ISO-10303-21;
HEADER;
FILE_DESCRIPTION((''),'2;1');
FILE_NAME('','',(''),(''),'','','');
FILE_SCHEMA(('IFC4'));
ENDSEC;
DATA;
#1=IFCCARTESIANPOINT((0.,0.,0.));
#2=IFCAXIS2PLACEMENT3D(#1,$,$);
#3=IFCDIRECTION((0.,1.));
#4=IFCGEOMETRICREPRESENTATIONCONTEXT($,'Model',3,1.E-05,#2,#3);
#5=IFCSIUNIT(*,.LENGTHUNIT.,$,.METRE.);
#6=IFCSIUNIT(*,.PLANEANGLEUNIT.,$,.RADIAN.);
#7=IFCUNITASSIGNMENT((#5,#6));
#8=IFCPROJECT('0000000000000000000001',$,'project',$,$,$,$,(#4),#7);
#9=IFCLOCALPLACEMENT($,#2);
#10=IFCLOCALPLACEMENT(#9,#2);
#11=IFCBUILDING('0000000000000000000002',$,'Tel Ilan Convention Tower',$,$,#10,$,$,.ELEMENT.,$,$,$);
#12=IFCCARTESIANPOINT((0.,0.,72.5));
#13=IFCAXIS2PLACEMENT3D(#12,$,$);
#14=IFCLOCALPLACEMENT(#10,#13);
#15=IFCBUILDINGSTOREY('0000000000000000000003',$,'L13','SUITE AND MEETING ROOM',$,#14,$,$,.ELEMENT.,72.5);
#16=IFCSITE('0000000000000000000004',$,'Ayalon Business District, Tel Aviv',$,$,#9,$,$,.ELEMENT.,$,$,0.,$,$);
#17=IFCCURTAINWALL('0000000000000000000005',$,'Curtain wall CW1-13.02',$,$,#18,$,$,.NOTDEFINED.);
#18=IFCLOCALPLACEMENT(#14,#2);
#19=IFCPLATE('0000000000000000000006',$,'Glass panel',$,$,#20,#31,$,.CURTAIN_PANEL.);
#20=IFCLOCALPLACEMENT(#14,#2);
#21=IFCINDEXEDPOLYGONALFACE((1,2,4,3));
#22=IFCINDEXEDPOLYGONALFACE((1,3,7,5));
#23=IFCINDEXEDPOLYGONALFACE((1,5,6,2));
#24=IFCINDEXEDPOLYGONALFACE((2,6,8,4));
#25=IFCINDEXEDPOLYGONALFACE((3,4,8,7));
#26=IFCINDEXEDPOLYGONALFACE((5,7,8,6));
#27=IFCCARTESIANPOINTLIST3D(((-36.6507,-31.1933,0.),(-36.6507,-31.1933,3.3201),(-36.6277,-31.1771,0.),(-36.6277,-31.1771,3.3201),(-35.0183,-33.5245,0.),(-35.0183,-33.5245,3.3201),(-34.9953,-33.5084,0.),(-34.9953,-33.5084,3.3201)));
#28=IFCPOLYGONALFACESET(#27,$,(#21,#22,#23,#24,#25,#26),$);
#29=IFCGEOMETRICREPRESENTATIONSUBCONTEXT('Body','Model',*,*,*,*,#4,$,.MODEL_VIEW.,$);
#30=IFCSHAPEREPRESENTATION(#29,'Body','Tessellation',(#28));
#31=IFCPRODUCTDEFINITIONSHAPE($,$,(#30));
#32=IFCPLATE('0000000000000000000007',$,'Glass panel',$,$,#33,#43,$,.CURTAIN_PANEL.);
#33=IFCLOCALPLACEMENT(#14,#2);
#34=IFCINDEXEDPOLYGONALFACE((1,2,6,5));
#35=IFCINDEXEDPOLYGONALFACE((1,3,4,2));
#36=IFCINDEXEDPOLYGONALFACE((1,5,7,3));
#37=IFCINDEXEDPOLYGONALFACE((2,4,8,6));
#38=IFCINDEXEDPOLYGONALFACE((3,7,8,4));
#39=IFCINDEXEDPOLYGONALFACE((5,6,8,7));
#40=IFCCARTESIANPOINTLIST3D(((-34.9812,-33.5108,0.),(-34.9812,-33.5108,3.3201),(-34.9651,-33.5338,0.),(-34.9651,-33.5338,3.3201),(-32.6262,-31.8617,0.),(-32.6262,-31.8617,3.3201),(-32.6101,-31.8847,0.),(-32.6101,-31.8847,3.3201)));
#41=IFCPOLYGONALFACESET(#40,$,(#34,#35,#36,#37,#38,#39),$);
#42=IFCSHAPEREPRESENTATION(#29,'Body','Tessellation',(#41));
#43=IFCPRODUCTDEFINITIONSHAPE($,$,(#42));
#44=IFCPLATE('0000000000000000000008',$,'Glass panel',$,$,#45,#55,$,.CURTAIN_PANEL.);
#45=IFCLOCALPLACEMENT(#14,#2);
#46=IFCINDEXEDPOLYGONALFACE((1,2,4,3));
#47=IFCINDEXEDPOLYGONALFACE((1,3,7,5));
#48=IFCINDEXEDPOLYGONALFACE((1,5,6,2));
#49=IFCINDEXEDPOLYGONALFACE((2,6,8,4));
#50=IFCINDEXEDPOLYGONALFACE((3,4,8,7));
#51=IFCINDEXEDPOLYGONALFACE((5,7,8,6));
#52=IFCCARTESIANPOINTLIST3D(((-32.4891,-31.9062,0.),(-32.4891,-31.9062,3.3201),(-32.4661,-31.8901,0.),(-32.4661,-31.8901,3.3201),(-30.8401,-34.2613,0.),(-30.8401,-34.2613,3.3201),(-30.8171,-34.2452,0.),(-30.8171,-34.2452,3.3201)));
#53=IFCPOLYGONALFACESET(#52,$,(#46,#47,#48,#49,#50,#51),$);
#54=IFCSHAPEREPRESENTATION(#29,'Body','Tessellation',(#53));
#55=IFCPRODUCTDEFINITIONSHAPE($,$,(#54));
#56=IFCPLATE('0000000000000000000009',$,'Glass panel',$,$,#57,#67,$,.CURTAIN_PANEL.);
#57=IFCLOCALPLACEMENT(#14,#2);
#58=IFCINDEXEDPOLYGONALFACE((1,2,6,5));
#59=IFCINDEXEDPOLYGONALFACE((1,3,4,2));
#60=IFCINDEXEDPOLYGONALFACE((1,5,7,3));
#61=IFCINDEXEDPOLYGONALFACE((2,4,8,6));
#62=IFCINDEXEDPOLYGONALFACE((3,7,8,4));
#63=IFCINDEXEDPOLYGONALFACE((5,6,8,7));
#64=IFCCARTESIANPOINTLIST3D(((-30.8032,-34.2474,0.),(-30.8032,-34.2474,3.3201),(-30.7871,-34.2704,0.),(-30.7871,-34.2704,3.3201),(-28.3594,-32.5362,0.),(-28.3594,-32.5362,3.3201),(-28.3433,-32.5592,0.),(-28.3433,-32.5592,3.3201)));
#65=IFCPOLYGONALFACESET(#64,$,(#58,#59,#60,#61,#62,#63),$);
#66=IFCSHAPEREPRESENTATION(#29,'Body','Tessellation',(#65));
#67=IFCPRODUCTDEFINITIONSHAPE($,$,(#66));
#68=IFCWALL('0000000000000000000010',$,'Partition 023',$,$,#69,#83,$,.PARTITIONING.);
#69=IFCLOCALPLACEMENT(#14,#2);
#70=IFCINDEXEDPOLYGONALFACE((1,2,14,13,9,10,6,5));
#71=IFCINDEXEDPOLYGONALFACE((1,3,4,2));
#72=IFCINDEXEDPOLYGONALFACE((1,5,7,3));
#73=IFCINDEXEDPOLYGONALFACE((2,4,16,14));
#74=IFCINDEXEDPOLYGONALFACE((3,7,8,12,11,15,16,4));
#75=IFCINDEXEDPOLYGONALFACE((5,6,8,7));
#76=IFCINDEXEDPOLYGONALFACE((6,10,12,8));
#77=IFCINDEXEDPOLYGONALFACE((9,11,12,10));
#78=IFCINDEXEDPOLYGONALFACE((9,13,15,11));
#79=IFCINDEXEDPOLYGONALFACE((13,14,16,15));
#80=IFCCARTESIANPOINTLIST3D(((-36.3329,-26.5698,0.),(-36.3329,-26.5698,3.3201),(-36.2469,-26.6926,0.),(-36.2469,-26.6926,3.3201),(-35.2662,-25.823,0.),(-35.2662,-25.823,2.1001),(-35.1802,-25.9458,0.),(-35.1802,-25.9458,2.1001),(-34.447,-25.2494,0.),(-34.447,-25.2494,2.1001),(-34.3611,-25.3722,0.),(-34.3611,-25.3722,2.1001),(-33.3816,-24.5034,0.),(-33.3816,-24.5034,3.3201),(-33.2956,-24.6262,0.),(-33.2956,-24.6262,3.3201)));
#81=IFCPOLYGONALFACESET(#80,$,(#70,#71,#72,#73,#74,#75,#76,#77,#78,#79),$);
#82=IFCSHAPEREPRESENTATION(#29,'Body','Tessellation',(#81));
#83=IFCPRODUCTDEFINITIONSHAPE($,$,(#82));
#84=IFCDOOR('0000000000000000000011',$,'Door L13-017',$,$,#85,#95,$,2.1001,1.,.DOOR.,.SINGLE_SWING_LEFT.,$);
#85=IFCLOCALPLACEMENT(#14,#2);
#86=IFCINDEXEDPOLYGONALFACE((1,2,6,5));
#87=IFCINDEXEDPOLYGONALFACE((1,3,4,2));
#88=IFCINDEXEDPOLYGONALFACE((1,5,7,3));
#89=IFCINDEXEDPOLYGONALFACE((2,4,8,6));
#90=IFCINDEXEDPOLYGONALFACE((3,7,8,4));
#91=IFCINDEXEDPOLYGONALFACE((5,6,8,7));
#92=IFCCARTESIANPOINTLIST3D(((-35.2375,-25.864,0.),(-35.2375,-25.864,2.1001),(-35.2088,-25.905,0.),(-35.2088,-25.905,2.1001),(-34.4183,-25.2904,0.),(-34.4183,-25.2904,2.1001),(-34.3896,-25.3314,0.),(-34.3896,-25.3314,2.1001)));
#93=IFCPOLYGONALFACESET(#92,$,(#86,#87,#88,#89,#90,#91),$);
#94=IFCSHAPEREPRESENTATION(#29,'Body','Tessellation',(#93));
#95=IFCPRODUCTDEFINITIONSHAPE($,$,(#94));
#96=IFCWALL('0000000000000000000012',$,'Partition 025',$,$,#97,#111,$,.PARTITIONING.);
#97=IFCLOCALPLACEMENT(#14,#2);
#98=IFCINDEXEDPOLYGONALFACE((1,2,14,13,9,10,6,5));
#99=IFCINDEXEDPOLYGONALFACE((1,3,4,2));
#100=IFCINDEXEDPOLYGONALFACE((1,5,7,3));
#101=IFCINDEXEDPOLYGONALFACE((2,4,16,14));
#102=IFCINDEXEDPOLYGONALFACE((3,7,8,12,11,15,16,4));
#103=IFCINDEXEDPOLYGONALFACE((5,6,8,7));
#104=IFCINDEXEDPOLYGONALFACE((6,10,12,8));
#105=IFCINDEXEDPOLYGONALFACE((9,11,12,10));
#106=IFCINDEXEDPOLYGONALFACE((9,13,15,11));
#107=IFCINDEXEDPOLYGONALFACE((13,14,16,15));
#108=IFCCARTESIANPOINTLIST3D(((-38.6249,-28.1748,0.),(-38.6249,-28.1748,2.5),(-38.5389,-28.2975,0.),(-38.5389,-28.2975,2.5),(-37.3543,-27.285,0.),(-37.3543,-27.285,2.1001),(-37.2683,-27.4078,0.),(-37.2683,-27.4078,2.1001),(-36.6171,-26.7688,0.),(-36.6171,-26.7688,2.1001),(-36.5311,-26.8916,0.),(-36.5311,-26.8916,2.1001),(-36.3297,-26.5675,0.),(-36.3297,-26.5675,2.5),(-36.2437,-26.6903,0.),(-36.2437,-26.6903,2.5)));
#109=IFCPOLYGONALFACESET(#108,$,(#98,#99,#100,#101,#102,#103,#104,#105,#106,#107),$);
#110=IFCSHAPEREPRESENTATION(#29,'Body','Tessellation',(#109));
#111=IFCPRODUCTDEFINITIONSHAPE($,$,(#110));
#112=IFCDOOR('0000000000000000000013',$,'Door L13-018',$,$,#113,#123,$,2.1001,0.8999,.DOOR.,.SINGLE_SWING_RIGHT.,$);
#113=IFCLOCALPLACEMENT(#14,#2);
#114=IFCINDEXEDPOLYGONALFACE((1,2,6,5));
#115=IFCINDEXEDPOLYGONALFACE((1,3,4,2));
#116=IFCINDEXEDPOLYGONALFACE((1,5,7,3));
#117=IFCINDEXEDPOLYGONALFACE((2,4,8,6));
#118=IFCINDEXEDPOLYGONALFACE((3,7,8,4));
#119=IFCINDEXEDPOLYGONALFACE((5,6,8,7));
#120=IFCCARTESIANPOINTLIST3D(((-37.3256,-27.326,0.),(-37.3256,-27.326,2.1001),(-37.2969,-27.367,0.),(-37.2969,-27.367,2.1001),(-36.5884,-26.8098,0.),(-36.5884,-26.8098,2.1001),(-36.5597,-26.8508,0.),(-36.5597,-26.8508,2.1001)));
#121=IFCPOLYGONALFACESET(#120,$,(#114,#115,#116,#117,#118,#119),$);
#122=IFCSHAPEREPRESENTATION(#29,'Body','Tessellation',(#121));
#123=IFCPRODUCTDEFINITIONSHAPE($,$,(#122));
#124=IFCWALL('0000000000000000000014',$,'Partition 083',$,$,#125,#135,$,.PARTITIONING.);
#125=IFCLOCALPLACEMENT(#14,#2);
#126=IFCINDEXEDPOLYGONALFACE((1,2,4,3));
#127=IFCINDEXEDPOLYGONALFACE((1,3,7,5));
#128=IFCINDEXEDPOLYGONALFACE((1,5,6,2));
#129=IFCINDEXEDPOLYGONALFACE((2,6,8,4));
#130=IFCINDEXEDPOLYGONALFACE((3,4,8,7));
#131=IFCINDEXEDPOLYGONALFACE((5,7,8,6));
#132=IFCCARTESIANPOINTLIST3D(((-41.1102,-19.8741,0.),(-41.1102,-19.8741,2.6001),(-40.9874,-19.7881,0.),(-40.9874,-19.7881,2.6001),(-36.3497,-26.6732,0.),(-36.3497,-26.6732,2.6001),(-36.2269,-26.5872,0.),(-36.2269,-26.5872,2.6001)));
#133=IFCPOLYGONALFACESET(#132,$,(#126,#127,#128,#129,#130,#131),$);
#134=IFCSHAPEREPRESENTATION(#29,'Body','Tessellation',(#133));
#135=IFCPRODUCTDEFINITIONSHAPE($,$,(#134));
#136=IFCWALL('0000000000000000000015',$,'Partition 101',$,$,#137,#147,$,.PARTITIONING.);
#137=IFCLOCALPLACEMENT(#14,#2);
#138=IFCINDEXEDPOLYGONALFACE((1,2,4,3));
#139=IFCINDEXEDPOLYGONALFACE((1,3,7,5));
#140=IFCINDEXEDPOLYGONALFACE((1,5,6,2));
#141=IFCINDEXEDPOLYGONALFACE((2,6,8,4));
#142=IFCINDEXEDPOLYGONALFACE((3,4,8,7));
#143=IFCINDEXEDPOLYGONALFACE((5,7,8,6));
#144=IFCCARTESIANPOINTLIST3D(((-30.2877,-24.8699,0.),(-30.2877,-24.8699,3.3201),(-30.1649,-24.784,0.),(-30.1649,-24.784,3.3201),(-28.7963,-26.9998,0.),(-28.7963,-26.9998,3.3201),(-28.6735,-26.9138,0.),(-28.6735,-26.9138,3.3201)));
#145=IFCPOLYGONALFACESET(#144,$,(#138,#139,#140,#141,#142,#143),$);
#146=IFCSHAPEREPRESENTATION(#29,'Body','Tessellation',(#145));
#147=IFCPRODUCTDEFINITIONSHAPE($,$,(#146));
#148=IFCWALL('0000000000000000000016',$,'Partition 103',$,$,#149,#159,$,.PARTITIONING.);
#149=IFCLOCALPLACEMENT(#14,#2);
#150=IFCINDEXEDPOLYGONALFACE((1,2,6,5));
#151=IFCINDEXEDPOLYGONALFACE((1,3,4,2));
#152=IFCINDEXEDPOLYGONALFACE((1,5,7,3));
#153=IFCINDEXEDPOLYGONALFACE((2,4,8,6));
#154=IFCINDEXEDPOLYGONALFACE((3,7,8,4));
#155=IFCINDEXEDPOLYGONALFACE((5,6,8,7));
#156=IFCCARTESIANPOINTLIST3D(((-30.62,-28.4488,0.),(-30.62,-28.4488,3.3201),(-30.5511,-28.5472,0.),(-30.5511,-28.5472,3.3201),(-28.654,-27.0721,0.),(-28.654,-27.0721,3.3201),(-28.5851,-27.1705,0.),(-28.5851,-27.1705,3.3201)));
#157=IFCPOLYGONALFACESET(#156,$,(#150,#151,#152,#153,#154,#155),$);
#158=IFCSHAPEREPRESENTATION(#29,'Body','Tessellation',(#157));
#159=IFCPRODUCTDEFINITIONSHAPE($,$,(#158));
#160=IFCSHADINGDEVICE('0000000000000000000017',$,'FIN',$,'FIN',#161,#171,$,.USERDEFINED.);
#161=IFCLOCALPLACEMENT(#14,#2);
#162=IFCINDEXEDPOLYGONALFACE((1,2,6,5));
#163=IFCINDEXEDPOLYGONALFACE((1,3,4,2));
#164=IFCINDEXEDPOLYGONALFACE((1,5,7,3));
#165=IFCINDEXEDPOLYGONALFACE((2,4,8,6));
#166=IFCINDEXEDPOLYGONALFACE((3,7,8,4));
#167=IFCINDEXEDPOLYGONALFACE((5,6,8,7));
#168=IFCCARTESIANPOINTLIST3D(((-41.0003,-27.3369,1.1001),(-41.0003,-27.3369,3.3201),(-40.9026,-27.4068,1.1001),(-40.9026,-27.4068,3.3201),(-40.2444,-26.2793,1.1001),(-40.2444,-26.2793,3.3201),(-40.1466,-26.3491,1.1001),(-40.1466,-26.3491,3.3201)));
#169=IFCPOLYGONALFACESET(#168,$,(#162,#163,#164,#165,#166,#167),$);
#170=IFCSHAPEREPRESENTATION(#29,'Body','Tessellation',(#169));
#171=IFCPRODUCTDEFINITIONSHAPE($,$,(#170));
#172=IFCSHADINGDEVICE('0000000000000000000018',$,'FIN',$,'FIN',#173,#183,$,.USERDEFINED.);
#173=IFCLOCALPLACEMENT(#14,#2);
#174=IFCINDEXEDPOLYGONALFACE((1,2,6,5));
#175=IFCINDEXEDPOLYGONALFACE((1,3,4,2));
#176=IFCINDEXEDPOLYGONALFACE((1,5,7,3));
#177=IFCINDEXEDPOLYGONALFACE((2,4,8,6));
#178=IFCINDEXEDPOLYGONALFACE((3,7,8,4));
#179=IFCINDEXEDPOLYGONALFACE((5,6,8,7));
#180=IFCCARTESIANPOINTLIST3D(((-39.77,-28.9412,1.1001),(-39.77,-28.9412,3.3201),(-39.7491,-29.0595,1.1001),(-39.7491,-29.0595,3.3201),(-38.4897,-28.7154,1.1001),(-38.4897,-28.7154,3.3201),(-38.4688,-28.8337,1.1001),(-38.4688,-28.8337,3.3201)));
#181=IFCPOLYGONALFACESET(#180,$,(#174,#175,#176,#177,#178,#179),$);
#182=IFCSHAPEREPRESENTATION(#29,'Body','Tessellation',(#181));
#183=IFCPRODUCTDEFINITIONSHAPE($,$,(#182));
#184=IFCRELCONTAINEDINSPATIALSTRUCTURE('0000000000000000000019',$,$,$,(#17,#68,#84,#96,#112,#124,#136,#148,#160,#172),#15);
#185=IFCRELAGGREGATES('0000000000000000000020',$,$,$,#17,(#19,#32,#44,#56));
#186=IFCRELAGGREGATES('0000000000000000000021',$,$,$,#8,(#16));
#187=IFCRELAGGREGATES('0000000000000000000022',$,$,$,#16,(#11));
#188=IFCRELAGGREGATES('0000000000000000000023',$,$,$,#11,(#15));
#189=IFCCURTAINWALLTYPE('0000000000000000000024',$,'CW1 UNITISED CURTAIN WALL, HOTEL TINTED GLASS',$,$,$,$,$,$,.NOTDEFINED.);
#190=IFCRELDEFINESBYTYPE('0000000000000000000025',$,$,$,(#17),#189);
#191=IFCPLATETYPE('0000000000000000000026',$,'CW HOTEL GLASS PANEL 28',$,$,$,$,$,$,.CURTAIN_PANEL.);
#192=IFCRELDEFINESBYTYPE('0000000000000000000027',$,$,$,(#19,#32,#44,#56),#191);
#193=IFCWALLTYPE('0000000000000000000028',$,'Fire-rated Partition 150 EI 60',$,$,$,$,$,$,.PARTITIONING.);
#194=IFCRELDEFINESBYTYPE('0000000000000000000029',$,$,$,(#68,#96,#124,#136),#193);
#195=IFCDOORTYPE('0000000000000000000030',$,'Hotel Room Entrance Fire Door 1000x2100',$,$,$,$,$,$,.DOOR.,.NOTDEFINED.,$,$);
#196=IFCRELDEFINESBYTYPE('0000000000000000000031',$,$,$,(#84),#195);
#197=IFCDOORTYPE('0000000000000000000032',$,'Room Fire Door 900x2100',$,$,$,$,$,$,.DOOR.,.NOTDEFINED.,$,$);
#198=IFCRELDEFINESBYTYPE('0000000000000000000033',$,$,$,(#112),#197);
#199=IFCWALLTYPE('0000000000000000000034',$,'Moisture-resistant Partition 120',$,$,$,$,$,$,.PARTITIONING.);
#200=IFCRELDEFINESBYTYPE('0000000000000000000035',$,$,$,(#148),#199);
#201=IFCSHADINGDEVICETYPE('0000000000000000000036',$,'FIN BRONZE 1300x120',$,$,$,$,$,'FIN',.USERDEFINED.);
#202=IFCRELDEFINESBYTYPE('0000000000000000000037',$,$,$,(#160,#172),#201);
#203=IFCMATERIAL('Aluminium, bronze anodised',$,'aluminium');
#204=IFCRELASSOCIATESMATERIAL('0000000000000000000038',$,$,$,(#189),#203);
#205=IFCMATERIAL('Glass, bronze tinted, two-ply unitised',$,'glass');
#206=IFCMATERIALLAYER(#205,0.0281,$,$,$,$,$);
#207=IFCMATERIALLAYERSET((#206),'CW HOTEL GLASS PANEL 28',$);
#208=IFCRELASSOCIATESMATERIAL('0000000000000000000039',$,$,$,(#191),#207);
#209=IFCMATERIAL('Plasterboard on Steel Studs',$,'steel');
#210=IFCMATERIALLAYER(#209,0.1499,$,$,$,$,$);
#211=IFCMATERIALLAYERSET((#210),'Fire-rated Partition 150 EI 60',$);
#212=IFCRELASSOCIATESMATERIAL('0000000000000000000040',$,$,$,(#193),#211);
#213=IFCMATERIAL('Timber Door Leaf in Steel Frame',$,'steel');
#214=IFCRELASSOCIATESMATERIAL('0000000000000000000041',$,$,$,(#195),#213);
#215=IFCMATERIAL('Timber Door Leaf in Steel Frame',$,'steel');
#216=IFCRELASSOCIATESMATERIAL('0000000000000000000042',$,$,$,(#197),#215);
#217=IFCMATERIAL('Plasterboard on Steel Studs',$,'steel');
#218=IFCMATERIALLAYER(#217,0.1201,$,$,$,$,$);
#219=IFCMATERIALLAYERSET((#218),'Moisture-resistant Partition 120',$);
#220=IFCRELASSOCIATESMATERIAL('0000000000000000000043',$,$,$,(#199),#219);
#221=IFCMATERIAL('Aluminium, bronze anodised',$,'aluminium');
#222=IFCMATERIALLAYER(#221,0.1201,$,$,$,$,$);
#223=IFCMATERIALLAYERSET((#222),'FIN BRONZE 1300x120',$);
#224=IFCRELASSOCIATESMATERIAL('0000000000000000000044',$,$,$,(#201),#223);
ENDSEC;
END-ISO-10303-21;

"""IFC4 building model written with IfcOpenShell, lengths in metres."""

from ifc_helpers import new_model, si_unit, direction, frame, frame_2d, origin, origin_2d, place, context, subcontext, project, spatial, rectangle, extrude, material, layer, layer_set, type_object, element, fill, aggregate, save


model = new_model("IFC4")

# Units and contexts
model_context = context("Model", 3, precision=1e-05, world=origin(), true_north=direction((0.0, 1.0)))
body_context = subcontext(model_context, "Body", "Model", "MODEL_VIEW")
ifc_project = project(units=[si_unit("LENGTHUNIT", "METRE"), si_unit("PLANEANGLEUNIT", "RADIAN")], contexts=[model_context])

# Site, building, storey
site_placement = place(None, origin())
site = spatial("IfcSite", under=ifc_project, at=site_placement, Name="Ayalon Business District, Tel Aviv", CompositionType="ELEMENT", RefElevation=0.0)
building_placement = place(site_placement, origin())
building = spatial("IfcBuilding", under=site, at=building_placement, Name="Tel Ilan Convention Tower", CompositionType="ELEMENT")
storey_placement = place(building_placement, frame((0.0, 0.0, 72.5)))
storey = spatial("IfcBuildingStorey", under=building, at=storey_placement, Name="L13", Description="SUITE AND MEETING ROOM", CompositionType="ELEMENT", Elevation=72.5)

# Curtain wall, plates
ifc_material_1 = material(Name="Aluminium, bronze anodised", Category="aluminium")
curtain_wall_type = type_object("IfcCurtainWallType", Name="CW1 UNITISED CURTAIN WALL, HOTEL TINTED GLASS", PredefinedType="NOTDEFINED", material=ifc_material_1)
curtain_wall_placement = place(storey_placement, origin())
curtain_wall = element("IfcCurtainWall", 1, at=curtain_wall_placement, inside=storey, type_object=curtain_wall_type, Name="Curtain wall CW1-13.02", PredefinedType="NOTDEFINED")
ifc_material_2 = material(Name="Glass, bronze tinted, two-ply unitised", Category="glass")
ifc_layer_1 = layer(ifc_material_2, 0.0281)
ifc_layer_set_1 = layer_set([ifc_layer_1], Name="CW HOTEL GLASS PANEL 28")
plate_type = type_object("IfcPlateType", Name="CW HOTEL GLASS PANEL 28", PredefinedType="CURTAIN_PANEL", material=ifc_layer_set_1)
plate_1_placement = place(storey_placement, frame((-35.823, -32.3508, 0.0), z_axis=(0.0, 0.0, 1.0), x_axis=(0.573576, -0.819152, 0.0)))
plate_1 = element("IfcPlate", 2, at=plate_1_placement, type_object=plate_type, Name="Glass panel", PredefinedType="CURTAIN_PANEL", context=body_context, shape_type="SweptSolid", body=[
    extrude(rectangle(XDim=2.8459, YDim=0.0281, at=origin_2d()), origin(), (0.0, 0.0, 1.0), 3.3201),
])
plate_2_placement = place(storey_placement, frame((-33.7957, -32.6978, 0.0), z_axis=(0.0, 0.0, 1.0), x_axis=(0.819152, 0.573576, 0.0)))
plate_2 = element("IfcPlate", 3, at=plate_2_placement, type_object=plate_type, Name="Glass panel", PredefinedType="CURTAIN_PANEL", context=body_context, shape_type="SweptSolid", body=[
    extrude(rectangle(XDim=2.875, YDim=0.0281, at=origin_2d()), origin(), (0.0, 0.0, 1.0), 3.3201),
])
plate_3_placement = place(storey_placement, frame((-31.6531, -33.0757, 0.0), z_axis=(0.0, 0.0, 1.0), x_axis=(0.573576, -0.819152, 0.0)))
plate_3 = element("IfcPlate", 4, at=plate_3_placement, type_object=plate_type, Name="Glass panel", PredefinedType="CURTAIN_PANEL", context=body_context, shape_type="SweptSolid", body=[
    extrude(rectangle(XDim=2.875, YDim=0.0281, at=origin_2d()), origin(), (0.0, 0.0, 1.0), 3.3201),
])
plate_4_placement = place(storey_placement, frame((-29.5732, -33.4033, 0.0), z_axis=(0.0, 0.0, 1.0), x_axis=(0.819152, 0.573576, 0.0)))
plate_4 = element("IfcPlate", 5, at=plate_4_placement, type_object=plate_type, Name="Glass panel", PredefinedType="CURTAIN_PANEL", context=body_context, shape_type="SweptSolid", body=[
    extrude(rectangle(XDim=2.9834, YDim=0.0281, at=origin_2d()), origin(), (0.0, 0.0, 1.0), 3.3201),
])
aggregate(curtain_wall, [plate_1, plate_2, plate_3, plate_4])

# Walls, openings, doors
ifc_material_3 = material(Name="Plasterboard on Steel Studs", Category="steel")
ifc_layer_2 = layer(ifc_material_3, 0.1499)
ifc_layer_set_2 = layer_set([ifc_layer_2], Name="Fire-rated Partition 150 EI 60")
wall_type_1 = type_object("IfcWallType", Name="Fire-rated Partition 150 EI 60", PredefinedType="PARTITIONING", material=ifc_layer_set_2)
wall_1_placement = place(storey_placement, frame((-36.2898, -26.6311, 0.0), z_axis=(0.0, 0.0, 1.0), x_axis=(0.819178, 0.57354, 0.0)))
wall_1 = element("IfcWall", 6, at=wall_1_placement, inside=storey, type_object=wall_type_1, Name="Partition 023", PredefinedType="PARTITIONING", context=body_context, shape_type="SweptSolid", body=[
    extrude(rectangle(XDim=3.6028, YDim=0.1499, at=frame_2d((1.8013, 0.0))), origin(), (0.0, 0.0, 1.0), 3.3201),
])
opening_1_placement = place(wall_1_placement, frame((1.302, 0.0, 0.0)))
opening_1 = element("IfcOpeningElement", 7, at=opening_1_placement, cuts=wall_1, PredefinedType="OPENING", context=body_context, shape_type="SweptSolid", body=[
    extrude(rectangle(XDim=1.0, YDim=2.1001, at=frame_2d((0.5, 1.05))), frame((0.0, 0.085, 0.0), z_axis=(0.0, -1.0, 0.0), x_axis=(1.0, 0.0, 0.0)), (0.0, 0.0, 1.0), 0.1699),
])
ifc_material_4 = material(Name="Timber Door Leaf in Steel Frame", Category="steel")
door_type_1 = type_object("IfcDoorType", Name="Hotel Room Entrance Fire Door 1000x2100", OperationType="NOTDEFINED", PredefinedType="DOOR", material=ifc_material_4)
door_1_placement = place(opening_1_placement, origin())
door_1 = element("IfcDoor", 8, at=door_1_placement, inside=storey, type_object=door_type_1, Name="Door L13-017", OperationType="SINGLE_SWING_LEFT", OverallHeight=2.1001, OverallWidth=1.0, PredefinedType="DOOR", context=body_context, shape_type="SweptSolid", body=[
    extrude(rectangle(XDim=1.0, YDim=2.1001, at=frame_2d((0.5, 1.05))), frame((0.0, 0.0249, 0.0), z_axis=(0.0, -1.0, 0.0), x_axis=(1.0, 0.0, 0.0)), (0.0, 0.0, 1.0), 0.05),
])
fill(opening_1, door_1)
wall_2_placement = place(storey_placement, frame((-38.5818, -28.2361, 0.0), z_axis=(0.0, 0.0, 1.0), x_axis=(0.819138, 0.573597, 0.0)))
wall_2 = element("IfcWall", 9, at=wall_2_placement, inside=storey, type_object=wall_type_1, Name="Partition 025", PredefinedType="PARTITIONING", context=body_context, shape_type="SweptSolid", body=[
    extrude(rectangle(XDim=2.802, YDim=0.1499, at=frame_2d((1.4009, 0.0))), origin(), (0.0, 0.0, 1.0), 2.5),
])
opening_2_placement = place(wall_2_placement, frame((1.551, 0.0, 0.0)))
opening_2 = element("IfcOpeningElement", 10, at=opening_2_placement, cuts=wall_2, PredefinedType="OPENING", context=body_context, shape_type="SweptSolid", body=[
    extrude(rectangle(XDim=0.8999, YDim=2.1001, at=frame_2d((0.45, 1.05))), frame((0.0, 0.085, 0.0), z_axis=(0.0, -1.0, 0.0), x_axis=(1.0, 0.0, 0.0)), (0.0, 0.0, 1.0), 0.1699),
])
ifc_material_5 = material(Name="Timber Door Leaf in Steel Frame", Category="steel")
door_type_2 = type_object("IfcDoorType", Name="Room Fire Door 900x2100", OperationType="NOTDEFINED", PredefinedType="DOOR", material=ifc_material_5)
door_2_placement = place(opening_2_placement, origin())
door_2 = element("IfcDoor", 11, at=door_2_placement, inside=storey, type_object=door_type_2, Name="Door L13-018", OperationType="SINGLE_SWING_RIGHT", OverallHeight=2.1001, OverallWidth=0.8999, PredefinedType="DOOR", context=body_context, shape_type="SweptSolid", body=[
    extrude(rectangle(XDim=0.8999, YDim=2.1001, at=frame_2d((0.45, 1.05))), frame((0.0, 0.0249, 0.0), z_axis=(0.0, -1.0, 0.0), x_axis=(1.0, 0.0, 0.0)), (0.0, 0.0, 1.0), 0.05),
])
fill(opening_2, door_2)

# Walls
wall_3_placement = place(storey_placement, frame((-36.2883, -26.6301, 0.0), z_axis=(0.0, 0.0, 1.0), x_axis=(-0.573555, 0.819167, 0.0)))
element("IfcWall", 12, at=wall_3_placement, inside=storey, type_object=wall_type_1, Name="Partition 083", PredefinedType="PARTITIONING", context=body_context, shape_type="SweptSolid", body=[
    extrude(rectangle(XDim=8.3, YDim=0.1499, at=frame_2d((4.1499, 0.0))), origin(), (0.0, 0.0, 1.0), 2.6001),
])
wall_4_placement = place(storey_placement, frame((-28.7349, -26.9568, 0.0), z_axis=(0.0, 0.0, 1.0), x_axis=(-0.573601, 0.819135, 0.0)))
element("IfcWall", 13, at=wall_4_placement, inside=storey, type_object=wall_type_1, Name="Partition 101", PredefinedType="PARTITIONING", context=body_context, shape_type="SweptSolid", body=[
    extrude(rectangle(XDim=2.6001, YDim=0.1499, at=frame_2d((1.3, 0.0))), origin(), (0.0, 0.0, 1.0), 3.3201),
])
ifc_material_6 = material(Name="Plasterboard on Steel Studs", Category="steel")
ifc_layer_3 = layer(ifc_material_6, 0.1201)
ifc_layer_set_3 = layer_set([ifc_layer_3], Name="Moisture-resistant Partition 120")
wall_type_2 = type_object("IfcWallType", Name="Moisture-resistant Partition 120", PredefinedType="PARTITIONING", material=ifc_layer_set_3)
wall_5_placement = place(storey_placement, frame((-30.5857, -28.498, 0.0), z_axis=(0.0, 0.0, 1.0), x_axis=(0.819141, 0.573592, 0.0)))
element("IfcWall", 14, at=wall_5_placement, inside=storey, type_object=wall_type_2, Name="Partition 103", PredefinedType="PARTITIONING", context=body_context, shape_type="SweptSolid", body=[
    extrude(rectangle(XDim=2.4001, YDim=0.1201, at=frame_2d((1.2002, 0.0))), origin(), (0.0, 0.0, 1.0), 3.3201),
])

# Shading devices
ifc_material_7 = material(Name="Aluminium, bronze anodised", Category="aluminium")
ifc_layer_4 = layer(ifc_material_7, 0.1201)
ifc_layer_set_4 = layer_set([ifc_layer_4], Name="FIN BRONZE 1300x120")
shading_device_type = type_object("IfcShadingDeviceType", Name="FIN BRONZE 1300x120", ElementType="FIN", PredefinedType="USERDEFINED", material=ifc_layer_set_4)
for number, where, z_axis, x_axis, name in (
    (15, (-40.5735, -26.843, 1.1001), (0.0, 0.0, 1.0), (-0.581492, -0.813552, 0.0), "FIN"),
    (16, (-39.1194, -28.8875, 1.1001), (0.0, 0.0, 1.0), (-0.984808, -0.173648, 0.0), "FIN"),
):
    element("IfcShadingDevice", number, at=place(storey_placement, frame(where, z_axis=z_axis, x_axis=x_axis)), inside=storey, type_object=shading_device_type, Name=name, ObjectType="FIN", PredefinedType="USERDEFINED", context=body_context, shape_type="SweptSolid", body=[
        extrude(rectangle(XDim=1.3, YDim=0.1201, at=origin_2d()), origin(), (0.0, 0.0, 1.0), 2.22),
    ])

save(model, "model.ifc")
